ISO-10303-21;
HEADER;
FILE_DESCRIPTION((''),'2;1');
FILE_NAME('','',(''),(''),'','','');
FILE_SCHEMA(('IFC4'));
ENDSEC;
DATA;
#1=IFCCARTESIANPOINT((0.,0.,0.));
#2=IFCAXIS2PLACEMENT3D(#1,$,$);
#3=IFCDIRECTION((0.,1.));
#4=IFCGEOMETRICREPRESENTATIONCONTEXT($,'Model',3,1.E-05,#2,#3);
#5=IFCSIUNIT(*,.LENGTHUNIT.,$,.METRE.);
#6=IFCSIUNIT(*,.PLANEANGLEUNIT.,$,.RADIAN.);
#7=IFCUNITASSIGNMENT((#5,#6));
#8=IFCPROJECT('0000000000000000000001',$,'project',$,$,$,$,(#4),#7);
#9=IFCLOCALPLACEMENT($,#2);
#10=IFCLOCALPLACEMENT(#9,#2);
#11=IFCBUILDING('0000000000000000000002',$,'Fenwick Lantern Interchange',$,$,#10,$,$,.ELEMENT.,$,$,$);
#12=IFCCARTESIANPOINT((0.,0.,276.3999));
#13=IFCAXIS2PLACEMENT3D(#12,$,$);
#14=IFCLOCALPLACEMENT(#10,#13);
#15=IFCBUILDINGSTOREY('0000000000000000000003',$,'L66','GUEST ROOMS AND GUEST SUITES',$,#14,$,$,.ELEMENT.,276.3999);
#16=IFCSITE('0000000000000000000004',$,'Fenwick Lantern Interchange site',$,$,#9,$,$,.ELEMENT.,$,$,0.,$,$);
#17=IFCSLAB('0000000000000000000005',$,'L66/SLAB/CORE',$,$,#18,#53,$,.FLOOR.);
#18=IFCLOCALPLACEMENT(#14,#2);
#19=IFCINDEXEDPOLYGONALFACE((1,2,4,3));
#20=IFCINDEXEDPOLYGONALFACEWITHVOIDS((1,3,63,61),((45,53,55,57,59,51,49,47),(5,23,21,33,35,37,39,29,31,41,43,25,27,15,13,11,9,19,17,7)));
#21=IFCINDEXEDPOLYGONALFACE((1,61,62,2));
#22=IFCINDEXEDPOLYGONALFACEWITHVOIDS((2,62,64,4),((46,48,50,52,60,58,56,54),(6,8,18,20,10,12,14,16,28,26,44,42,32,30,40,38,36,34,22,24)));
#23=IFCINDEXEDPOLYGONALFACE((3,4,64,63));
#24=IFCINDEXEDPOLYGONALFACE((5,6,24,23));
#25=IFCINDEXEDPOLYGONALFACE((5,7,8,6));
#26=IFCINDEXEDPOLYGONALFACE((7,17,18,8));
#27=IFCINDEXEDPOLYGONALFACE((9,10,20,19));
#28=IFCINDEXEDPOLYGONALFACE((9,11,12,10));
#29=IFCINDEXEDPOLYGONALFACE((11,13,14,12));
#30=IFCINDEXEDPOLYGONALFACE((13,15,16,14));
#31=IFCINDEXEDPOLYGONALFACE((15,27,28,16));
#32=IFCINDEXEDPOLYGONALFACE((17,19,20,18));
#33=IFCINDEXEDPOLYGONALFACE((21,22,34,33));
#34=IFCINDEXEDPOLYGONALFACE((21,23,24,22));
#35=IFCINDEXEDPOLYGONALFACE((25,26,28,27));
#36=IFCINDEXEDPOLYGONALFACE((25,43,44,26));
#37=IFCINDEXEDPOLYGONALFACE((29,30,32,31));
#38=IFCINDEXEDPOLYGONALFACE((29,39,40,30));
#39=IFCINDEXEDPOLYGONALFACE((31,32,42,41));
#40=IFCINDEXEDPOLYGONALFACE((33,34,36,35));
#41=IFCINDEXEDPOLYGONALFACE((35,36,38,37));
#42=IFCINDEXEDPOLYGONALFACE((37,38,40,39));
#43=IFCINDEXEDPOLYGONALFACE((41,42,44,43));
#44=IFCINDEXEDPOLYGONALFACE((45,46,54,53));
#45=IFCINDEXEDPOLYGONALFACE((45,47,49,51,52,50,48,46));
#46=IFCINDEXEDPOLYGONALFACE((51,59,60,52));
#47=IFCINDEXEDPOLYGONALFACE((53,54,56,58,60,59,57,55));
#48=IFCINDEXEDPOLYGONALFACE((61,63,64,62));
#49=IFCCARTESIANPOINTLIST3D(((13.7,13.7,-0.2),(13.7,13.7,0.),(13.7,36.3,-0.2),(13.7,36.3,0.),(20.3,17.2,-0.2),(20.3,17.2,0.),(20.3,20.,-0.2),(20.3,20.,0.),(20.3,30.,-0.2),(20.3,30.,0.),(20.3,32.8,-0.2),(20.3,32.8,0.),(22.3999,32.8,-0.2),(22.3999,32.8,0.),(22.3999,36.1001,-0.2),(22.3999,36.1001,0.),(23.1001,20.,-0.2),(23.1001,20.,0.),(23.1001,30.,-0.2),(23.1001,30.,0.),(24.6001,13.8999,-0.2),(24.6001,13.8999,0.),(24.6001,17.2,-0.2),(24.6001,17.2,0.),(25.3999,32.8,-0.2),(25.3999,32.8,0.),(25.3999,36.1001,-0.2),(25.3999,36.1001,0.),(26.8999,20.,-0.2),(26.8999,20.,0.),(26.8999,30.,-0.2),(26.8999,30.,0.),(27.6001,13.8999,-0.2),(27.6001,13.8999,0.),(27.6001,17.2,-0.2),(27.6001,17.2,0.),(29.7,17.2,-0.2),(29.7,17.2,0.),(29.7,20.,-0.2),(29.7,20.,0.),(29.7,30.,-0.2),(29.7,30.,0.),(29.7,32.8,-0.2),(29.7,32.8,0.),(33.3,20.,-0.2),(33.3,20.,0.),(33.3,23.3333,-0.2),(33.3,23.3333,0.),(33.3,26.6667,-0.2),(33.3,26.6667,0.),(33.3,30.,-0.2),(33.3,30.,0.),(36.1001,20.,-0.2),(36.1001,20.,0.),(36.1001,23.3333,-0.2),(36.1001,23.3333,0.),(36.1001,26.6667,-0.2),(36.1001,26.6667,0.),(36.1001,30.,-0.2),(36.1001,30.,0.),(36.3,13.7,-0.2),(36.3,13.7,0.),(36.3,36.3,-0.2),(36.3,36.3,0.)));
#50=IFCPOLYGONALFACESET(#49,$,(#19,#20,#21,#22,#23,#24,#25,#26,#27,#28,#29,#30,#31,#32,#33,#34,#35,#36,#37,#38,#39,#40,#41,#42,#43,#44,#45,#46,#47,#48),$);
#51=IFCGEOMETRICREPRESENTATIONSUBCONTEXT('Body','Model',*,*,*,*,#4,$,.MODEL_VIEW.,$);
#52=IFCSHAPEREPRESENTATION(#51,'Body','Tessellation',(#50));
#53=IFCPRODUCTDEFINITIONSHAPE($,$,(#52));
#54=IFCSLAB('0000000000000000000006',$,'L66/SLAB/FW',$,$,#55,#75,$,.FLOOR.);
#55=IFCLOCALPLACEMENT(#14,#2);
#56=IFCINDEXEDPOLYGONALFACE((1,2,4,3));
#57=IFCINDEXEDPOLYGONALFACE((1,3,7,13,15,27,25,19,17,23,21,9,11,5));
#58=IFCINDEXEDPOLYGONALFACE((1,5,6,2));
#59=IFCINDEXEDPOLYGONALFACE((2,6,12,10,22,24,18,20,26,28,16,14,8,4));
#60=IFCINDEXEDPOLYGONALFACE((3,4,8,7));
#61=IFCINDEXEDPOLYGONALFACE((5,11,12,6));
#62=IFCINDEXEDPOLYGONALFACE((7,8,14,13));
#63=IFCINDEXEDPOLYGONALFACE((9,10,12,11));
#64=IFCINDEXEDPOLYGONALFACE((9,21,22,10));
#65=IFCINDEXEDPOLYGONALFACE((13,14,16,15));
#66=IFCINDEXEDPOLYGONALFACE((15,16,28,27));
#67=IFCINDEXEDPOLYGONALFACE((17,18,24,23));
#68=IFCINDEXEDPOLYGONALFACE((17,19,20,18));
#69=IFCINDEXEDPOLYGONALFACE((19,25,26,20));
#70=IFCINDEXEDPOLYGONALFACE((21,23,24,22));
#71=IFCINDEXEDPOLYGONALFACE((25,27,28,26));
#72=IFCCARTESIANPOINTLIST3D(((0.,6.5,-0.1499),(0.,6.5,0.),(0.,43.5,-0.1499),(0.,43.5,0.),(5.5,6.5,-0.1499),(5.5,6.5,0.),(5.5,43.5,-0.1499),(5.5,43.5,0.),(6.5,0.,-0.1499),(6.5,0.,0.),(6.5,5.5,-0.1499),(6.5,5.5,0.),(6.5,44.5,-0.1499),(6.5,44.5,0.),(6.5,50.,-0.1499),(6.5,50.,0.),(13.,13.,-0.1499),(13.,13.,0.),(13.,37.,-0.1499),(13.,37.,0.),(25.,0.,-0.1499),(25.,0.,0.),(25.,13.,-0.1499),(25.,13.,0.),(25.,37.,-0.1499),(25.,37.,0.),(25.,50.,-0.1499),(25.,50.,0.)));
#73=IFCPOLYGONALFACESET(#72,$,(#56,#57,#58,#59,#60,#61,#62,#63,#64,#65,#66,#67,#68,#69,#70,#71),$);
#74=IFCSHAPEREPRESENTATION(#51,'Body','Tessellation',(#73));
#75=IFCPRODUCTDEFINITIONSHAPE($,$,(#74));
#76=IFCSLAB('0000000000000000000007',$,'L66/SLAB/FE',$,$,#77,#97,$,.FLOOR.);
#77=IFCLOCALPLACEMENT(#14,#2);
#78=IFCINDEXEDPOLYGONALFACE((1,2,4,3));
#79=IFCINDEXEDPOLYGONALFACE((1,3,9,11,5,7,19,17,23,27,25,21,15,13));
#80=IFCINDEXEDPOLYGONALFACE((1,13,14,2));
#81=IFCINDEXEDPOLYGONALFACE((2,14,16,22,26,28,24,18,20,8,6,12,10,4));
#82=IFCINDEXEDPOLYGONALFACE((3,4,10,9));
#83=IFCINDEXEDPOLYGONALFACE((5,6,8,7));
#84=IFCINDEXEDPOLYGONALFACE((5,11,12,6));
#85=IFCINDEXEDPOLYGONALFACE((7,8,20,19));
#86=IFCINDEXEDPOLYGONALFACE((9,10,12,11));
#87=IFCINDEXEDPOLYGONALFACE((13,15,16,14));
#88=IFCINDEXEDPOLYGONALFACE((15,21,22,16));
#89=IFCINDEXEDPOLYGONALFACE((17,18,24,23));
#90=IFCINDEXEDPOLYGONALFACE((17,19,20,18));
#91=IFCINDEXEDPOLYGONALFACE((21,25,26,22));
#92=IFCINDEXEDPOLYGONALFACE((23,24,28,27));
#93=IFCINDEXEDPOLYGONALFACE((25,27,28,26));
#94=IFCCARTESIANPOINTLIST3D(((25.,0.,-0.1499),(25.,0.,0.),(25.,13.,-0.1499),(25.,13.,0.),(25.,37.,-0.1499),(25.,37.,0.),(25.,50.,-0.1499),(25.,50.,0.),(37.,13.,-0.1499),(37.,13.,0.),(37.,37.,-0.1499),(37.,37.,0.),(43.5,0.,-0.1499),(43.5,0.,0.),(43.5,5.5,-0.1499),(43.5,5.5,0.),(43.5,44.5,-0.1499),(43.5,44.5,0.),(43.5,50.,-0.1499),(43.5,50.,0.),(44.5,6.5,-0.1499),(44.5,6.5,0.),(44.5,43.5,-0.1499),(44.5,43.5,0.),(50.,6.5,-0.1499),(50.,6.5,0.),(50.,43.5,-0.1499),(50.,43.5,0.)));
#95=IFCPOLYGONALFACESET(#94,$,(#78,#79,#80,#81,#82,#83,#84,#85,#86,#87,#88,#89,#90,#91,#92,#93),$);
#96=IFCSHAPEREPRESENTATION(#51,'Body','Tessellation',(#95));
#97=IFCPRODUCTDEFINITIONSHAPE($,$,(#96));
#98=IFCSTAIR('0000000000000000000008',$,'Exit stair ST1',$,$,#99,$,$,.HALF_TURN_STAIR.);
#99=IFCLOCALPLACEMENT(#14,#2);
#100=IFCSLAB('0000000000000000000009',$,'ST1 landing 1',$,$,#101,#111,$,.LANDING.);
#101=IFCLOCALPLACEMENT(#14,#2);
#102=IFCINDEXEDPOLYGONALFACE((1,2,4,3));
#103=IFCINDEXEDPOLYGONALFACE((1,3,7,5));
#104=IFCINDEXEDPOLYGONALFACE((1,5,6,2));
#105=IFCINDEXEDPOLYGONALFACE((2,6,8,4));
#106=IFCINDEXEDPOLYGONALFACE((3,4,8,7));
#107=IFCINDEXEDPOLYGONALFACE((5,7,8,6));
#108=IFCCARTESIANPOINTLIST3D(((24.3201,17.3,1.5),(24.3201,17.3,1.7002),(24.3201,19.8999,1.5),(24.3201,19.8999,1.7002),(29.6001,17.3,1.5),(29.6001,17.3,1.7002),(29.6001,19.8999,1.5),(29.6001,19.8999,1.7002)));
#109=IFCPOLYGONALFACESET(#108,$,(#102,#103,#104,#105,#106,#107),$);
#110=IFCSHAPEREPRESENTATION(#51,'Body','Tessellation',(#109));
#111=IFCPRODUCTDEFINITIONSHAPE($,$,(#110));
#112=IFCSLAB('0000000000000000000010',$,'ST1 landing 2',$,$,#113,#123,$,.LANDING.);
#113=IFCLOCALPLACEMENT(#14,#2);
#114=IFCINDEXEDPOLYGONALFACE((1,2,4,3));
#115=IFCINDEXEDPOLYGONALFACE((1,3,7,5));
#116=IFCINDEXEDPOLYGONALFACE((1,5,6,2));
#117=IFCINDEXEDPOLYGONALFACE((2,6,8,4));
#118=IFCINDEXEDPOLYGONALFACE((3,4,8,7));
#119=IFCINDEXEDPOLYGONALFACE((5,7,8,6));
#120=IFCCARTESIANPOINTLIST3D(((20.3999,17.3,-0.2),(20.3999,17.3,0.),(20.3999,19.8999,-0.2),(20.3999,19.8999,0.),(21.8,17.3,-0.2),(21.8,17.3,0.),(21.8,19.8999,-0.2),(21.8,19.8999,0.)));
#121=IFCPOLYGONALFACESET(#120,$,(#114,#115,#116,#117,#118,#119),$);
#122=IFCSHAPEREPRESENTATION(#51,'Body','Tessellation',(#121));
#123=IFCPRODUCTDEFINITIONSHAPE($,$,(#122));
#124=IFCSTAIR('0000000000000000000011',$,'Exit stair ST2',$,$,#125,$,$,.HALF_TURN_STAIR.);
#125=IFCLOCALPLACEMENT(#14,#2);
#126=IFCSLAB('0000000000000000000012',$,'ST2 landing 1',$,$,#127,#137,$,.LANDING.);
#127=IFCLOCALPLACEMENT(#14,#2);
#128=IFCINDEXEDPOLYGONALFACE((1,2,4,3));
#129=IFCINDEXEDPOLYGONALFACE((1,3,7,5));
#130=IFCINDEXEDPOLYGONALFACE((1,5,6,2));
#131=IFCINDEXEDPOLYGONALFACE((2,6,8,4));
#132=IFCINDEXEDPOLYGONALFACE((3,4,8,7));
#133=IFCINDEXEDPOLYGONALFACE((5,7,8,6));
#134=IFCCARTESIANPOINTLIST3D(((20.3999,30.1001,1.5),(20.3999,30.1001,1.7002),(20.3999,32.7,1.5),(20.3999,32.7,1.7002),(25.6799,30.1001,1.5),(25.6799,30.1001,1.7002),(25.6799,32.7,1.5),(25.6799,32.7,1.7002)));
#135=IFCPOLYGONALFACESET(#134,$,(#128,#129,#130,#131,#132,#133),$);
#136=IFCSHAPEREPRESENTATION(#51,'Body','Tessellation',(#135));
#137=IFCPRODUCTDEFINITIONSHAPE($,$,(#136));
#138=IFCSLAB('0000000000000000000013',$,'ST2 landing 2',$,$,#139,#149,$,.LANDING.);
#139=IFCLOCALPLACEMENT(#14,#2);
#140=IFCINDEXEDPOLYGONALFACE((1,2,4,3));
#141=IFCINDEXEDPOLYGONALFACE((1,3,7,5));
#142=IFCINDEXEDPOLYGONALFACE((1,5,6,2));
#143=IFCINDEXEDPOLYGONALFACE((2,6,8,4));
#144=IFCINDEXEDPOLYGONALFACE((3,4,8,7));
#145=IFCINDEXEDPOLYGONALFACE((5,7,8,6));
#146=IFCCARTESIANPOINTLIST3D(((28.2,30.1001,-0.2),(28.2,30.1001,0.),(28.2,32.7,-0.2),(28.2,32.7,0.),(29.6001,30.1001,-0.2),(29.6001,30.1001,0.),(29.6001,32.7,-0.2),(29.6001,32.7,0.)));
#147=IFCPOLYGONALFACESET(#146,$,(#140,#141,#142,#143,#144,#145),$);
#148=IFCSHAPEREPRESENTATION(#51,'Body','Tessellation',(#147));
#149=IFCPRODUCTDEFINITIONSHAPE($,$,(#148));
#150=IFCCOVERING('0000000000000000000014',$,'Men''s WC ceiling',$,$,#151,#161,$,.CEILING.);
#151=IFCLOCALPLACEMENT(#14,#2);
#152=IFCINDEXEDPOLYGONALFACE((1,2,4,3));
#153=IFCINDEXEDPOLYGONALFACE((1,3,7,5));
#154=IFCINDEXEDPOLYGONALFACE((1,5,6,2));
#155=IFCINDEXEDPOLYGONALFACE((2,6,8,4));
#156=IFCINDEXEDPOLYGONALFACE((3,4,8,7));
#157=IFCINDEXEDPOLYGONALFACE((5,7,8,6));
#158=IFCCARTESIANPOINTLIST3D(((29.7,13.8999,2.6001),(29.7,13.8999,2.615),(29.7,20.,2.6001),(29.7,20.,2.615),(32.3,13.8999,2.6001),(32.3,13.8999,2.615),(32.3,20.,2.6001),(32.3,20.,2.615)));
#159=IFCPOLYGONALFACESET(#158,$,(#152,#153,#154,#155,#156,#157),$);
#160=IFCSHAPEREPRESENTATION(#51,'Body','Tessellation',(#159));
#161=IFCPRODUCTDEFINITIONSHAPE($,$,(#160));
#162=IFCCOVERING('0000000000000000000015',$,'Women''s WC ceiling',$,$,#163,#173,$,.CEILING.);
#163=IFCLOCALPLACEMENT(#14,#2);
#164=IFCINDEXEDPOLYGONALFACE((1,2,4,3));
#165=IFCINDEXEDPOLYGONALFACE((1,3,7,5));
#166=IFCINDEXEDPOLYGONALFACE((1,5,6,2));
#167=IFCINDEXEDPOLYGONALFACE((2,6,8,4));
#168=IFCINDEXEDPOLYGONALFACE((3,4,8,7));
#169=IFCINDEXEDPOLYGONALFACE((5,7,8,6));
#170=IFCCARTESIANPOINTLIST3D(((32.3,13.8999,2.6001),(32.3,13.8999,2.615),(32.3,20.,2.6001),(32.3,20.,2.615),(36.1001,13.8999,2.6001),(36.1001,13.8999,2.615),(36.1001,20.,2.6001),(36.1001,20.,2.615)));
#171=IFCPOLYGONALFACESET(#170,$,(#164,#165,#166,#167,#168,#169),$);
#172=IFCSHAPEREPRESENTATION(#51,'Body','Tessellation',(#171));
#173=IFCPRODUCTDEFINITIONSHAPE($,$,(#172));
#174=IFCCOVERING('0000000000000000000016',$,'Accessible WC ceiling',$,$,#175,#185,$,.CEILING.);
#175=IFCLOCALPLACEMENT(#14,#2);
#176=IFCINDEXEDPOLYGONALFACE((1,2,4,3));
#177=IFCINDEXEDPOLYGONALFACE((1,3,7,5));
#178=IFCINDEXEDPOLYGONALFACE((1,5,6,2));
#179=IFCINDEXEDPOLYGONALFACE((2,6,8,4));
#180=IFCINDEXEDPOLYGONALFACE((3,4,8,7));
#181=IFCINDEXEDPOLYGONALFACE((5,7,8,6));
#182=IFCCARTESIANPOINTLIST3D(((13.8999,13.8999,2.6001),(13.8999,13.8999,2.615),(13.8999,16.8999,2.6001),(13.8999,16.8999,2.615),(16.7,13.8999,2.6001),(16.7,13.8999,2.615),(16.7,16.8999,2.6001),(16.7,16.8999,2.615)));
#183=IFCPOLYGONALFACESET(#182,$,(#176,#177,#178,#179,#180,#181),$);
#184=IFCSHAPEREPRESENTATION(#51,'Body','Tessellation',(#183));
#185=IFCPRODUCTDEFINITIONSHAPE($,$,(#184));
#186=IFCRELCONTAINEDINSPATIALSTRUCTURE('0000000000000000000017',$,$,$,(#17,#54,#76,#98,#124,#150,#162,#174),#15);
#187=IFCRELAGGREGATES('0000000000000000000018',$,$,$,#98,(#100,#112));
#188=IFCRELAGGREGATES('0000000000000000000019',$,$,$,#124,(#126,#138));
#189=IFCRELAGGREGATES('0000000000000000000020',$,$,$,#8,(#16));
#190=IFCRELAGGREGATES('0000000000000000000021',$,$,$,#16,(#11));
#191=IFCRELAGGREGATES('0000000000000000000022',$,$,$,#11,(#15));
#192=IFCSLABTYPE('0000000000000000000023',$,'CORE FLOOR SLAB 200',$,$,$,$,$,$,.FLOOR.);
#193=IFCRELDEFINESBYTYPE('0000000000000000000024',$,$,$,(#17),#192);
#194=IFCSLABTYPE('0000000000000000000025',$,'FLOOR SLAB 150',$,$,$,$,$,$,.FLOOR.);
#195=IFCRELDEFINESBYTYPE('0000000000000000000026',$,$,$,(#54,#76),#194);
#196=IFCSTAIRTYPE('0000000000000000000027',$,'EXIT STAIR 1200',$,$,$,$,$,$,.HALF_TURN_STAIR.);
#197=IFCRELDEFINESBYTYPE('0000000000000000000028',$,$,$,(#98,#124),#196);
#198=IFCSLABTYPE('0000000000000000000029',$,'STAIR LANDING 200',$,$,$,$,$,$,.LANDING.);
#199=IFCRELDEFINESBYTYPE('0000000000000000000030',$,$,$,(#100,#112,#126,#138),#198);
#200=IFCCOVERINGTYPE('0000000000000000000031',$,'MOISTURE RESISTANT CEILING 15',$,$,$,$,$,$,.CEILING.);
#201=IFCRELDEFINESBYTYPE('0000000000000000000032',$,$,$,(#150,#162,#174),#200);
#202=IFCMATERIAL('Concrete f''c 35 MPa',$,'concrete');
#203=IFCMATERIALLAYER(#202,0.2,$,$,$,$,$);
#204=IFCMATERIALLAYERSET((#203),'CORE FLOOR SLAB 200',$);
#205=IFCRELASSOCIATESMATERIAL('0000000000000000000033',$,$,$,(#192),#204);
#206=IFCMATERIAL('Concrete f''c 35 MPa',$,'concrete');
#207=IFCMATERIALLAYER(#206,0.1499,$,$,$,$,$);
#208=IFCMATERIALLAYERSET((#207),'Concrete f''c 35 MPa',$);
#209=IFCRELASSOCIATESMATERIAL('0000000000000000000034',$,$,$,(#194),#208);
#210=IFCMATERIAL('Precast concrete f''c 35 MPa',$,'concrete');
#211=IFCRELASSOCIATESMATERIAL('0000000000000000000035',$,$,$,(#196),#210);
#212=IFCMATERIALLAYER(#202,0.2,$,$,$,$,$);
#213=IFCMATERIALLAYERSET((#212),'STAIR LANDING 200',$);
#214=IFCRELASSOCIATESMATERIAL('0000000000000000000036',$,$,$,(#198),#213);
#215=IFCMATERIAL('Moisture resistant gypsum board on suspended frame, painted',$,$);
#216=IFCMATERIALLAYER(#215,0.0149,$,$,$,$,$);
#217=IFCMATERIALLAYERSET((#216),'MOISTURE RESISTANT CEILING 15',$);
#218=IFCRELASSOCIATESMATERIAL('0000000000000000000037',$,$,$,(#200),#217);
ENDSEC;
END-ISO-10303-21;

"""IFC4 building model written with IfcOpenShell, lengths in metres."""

from ifc_helpers import new_model, si_unit, direction, frame, origin, place, context, subcontext, project, spatial, polyline, outline, extrude, material, layer, layer_set, type_object, element, aggregate, save


model = new_model("IFC4")

# Units and contexts
model_context = context("Model", 3, precision=1e-05, world=origin(), true_north=direction((0.0, 1.0)))
body_context = subcontext(model_context, "Body", "Model", "MODEL_VIEW")
ifc_project = project(units=[si_unit("LENGTHUNIT", "METRE"), si_unit("PLANEANGLEUNIT", "RADIAN")], contexts=[model_context])

# Site, building, storey
site_placement = place(None, origin())
site = spatial("IfcSite", under=ifc_project, at=site_placement, Name="Fenwick Lantern Interchange site", CompositionType="ELEMENT", RefElevation=0.0)
building_placement = place(site_placement, origin())
building = spatial("IfcBuilding", under=site, at=building_placement, Name="Fenwick Lantern Interchange", CompositionType="ELEMENT")
storey_placement = place(building_placement, frame((0.0, 0.0, 276.3999)))
storey = spatial("IfcBuildingStorey", under=building, at=storey_placement, Name="L66", Description="GUEST ROOMS AND GUEST SUITES", CompositionType="ELEMENT", Elevation=276.3999)

# Slabs
ifc_material_1 = material(Name="Concrete f'c 35 MPa", Category="concrete")
ifc_layer_1 = layer(ifc_material_1, 0.2)
ifc_layer_set_1 = layer_set([ifc_layer_1], Name="CORE FLOOR SLAB 200")
slab_type_1 = type_object("IfcSlabType", Name="CORE FLOOR SLAB 200", PredefinedType="FLOOR", material=ifc_layer_set_1)
slab_1_placement = place(storey_placement, frame((0.0, 0.0, -0.2)))
element("IfcSlab", 1, at=slab_1_placement, inside=storey, type_object=slab_type_1, Name="L66/SLAB/CORE", PredefinedType="FLOOR", context=body_context, shape_type="SweptSolid", body=[
    extrude(outline(polyline([(13.7, 36.3), (36.3, 36.3), (36.3, 13.7), (13.7, 13.7), (13.7, 36.3)]), holes=[polyline([(24.6001, 13.8999), (27.6001, 13.8999), (27.6001, 17.2), (29.7, 17.2), (29.7, 20.0), (26.8999, 20.0), (26.8999, 30.0), (29.7, 30.0), (29.7, 32.8), (25.3999, 32.8), (25.3999, 36.1001), (22.3999, 36.1001), (22.3999, 32.8), (20.3, 32.8), (20.3, 30.0), (23.1001, 30.0), (23.1001, 20.0), (20.3, 20.0), (20.3, 17.2), (24.6001, 17.2), (24.6001, 13.8999)]), polyline([(33.3, 20.0), (36.1001, 20.0), (36.1001, 23.3333), (36.1001, 26.6667), (36.1001, 30.0), (33.3, 30.0), (33.3, 26.6667), (33.3, 23.3333), (33.3, 20.0)])]), origin(), (0.0, 0.0, 1.0), 0.2),
])
ifc_material_2 = material(Name="Concrete f'c 35 MPa", Category="concrete")
ifc_layer_2 = layer(ifc_material_2, 0.1499)
ifc_layer_set_2 = layer_set([ifc_layer_2], Name="Concrete f'c 35 MPa")
slab_type_2 = type_object("IfcSlabType", Name="FLOOR SLAB 150", PredefinedType="FLOOR", material=ifc_layer_set_2)
slab_2_placement = place(storey_placement, frame((0.0, 0.0, -0.1499)))
element("IfcSlab", 2, at=slab_2_placement, inside=storey, type_object=slab_type_2, Name="L66/SLAB/FW", PredefinedType="FLOOR", context=body_context, shape_type="SweptSolid", body=[
    extrude(outline(polyline([(6.5, 0.0), (6.5, 5.5), (5.5, 6.5), (0.0, 6.5), (0.0, 43.5), (5.5, 43.5), (6.5, 44.5), (6.5, 50.0), (25.0, 50.0), (25.0, 37.0), (13.0, 37.0), (13.0, 13.0), (25.0, 13.0), (25.0, 0.0), (6.5, 0.0)])), origin(), (0.0, 0.0, 1.0), 0.1499),
])
slab_3_placement = place(storey_placement, frame((0.0, 0.0, -0.1499)))
element("IfcSlab", 3, at=slab_3_placement, inside=storey, type_object=slab_type_2, Name="L66/SLAB/FE", PredefinedType="FLOOR", context=body_context, shape_type="SweptSolid", body=[
    extrude(outline(polyline([(43.5, 50.0), (43.5, 44.5), (44.5, 43.5), (50.0, 43.5), (50.0, 6.5), (44.5, 6.5), (43.5, 5.5), (43.5, 0.0), (25.0, 0.0), (25.0, 13.0), (37.0, 13.0), (37.0, 37.0), (25.0, 37.0), (25.0, 50.0), (43.5, 50.0)])), origin(), (0.0, 0.0, 1.0), 0.1499),
])

# Stairs, slabs
ifc_material_3 = material(Name="Precast concrete f'c 35 MPa", Category="concrete")
stair_type = type_object("IfcStairType", Name="EXIT STAIR 1200", PredefinedType="HALF_TURN_STAIR", material=ifc_material_3)
stair_1_placement = place(storey_placement, origin())
stair_1 = element("IfcStair", 4, at=stair_1_placement, inside=storey, type_object=stair_type, Name="Exit stair ST1", PredefinedType="HALF_TURN_STAIR")
ifc_layer_3 = layer(ifc_material_1, 0.2)
ifc_layer_set_3 = layer_set([ifc_layer_3], Name="STAIR LANDING 200")
slab_type_3 = type_object("IfcSlabType", Name="STAIR LANDING 200", PredefinedType="LANDING", material=ifc_layer_set_3)
slab_4_placement = place(storey_placement, frame((0.0, 0.0, 1.5)))
slab_4 = element("IfcSlab", 5, at=slab_4_placement, type_object=slab_type_3, Name="ST1 landing 1", PredefinedType="LANDING", context=body_context, shape_type="SweptSolid", body=[
    extrude(outline(polyline([(24.3201, 17.3), (29.6001, 17.3), (29.6001, 19.8999), (24.3201, 19.8999), (24.3201, 17.3)])), origin(), (0.0, 0.0, 1.0), 0.2002),
])
slab_5_placement = place(storey_placement, frame((0.0, 0.0, -0.2)))
slab_5 = element("IfcSlab", 6, at=slab_5_placement, type_object=slab_type_3, Name="ST1 landing 2", PredefinedType="LANDING", context=body_context, shape_type="SweptSolid", body=[
    extrude(outline(polyline([(20.3999, 17.3), (21.8, 17.3), (21.8, 19.8999), (20.3999, 19.8999), (20.3999, 17.3)])), origin(), (0.0, 0.0, 1.0), 0.2),
])
aggregate(stair_1, [slab_4, slab_5])
stair_2_placement = place(storey_placement, origin())
stair_2 = element("IfcStair", 7, at=stair_2_placement, inside=storey, type_object=stair_type, Name="Exit stair ST2", PredefinedType="HALF_TURN_STAIR")
slab_6_placement = place(storey_placement, frame((0.0, 0.0, 1.5)))
slab_6 = element("IfcSlab", 8, at=slab_6_placement, type_object=slab_type_3, Name="ST2 landing 1", PredefinedType="LANDING", context=body_context, shape_type="SweptSolid", body=[
    extrude(outline(polyline([(25.6799, 32.7), (20.3999, 32.7), (20.3999, 30.1001), (25.6799, 30.1001), (25.6799, 32.7)])), origin(), (0.0, 0.0, 1.0), 0.2002),
])
slab_7_placement = place(storey_placement, frame((0.0, 0.0, -0.2)))
slab_7 = element("IfcSlab", 9, at=slab_7_placement, type_object=slab_type_3, Name="ST2 landing 2", PredefinedType="LANDING", context=body_context, shape_type="SweptSolid", body=[
    extrude(outline(polyline([(29.6001, 32.7), (28.2, 32.7), (28.2, 30.1001), (29.6001, 30.1001), (29.6001, 32.7)])), origin(), (0.0, 0.0, 1.0), 0.2),
])
aggregate(stair_2, [slab_6, slab_7])

# Coverings
ifc_material_4 = material(Name="Moisture resistant gypsum board on suspended frame, painted")
ifc_layer_4 = layer(ifc_material_4, 0.0149)
ifc_layer_set_4 = layer_set([ifc_layer_4], Name="MOISTURE RESISTANT CEILING 15")
covering_type_1 = type_object("IfcCoveringType", Name="MOISTURE RESISTANT CEILING 15", PredefinedType="CEILING", material=ifc_layer_set_4)
covering_1_placement = place(storey_placement, frame((0.0, 0.0, 2.6001)))
element("IfcCovering", 10, at=covering_1_placement, inside=storey, type_object=covering_type_1, Name="Men's WC ceiling", PredefinedType="CEILING", context=body_context, shape_type="SweptSolid", body=[
    extrude(outline(polyline([(29.7, 13.8999), (32.3, 13.8999), (32.3, 20.0), (29.7, 20.0), (29.7, 13.8999)])), origin(), (0.0, 0.0, 1.0), 0.0149),
])
covering_2_placement = place(storey_placement, frame((0.0, 0.0, 2.6001)))
element("IfcCovering", 11, at=covering_2_placement, inside=storey, type_object=covering_type_1, Name="Women's WC ceiling", PredefinedType="CEILING", context=body_context, shape_type="SweptSolid", body=[
    extrude(outline(polyline([(32.3, 13.8999), (36.1001, 13.8999), (36.1001, 20.0), (32.3, 20.0), (32.3, 13.8999)])), origin(), (0.0, 0.0, 1.0), 0.0149),
])
covering_3_placement = place(storey_placement, frame((0.0, 0.0, 2.6001)))
element("IfcCovering", 12, at=covering_3_placement, inside=storey, type_object=covering_type_1, Name="Accessible WC ceiling", PredefinedType="CEILING", context=body_context, shape_type="SweptSolid", body=[
    extrude(outline(polyline([(13.8999, 13.8999), (16.7, 13.8999), (16.7, 16.8999), (13.8999, 16.8999), (13.8999, 13.8999)])), origin(), (0.0, 0.0, 1.0), 0.0149),
])

save(model, "model.ifc")
